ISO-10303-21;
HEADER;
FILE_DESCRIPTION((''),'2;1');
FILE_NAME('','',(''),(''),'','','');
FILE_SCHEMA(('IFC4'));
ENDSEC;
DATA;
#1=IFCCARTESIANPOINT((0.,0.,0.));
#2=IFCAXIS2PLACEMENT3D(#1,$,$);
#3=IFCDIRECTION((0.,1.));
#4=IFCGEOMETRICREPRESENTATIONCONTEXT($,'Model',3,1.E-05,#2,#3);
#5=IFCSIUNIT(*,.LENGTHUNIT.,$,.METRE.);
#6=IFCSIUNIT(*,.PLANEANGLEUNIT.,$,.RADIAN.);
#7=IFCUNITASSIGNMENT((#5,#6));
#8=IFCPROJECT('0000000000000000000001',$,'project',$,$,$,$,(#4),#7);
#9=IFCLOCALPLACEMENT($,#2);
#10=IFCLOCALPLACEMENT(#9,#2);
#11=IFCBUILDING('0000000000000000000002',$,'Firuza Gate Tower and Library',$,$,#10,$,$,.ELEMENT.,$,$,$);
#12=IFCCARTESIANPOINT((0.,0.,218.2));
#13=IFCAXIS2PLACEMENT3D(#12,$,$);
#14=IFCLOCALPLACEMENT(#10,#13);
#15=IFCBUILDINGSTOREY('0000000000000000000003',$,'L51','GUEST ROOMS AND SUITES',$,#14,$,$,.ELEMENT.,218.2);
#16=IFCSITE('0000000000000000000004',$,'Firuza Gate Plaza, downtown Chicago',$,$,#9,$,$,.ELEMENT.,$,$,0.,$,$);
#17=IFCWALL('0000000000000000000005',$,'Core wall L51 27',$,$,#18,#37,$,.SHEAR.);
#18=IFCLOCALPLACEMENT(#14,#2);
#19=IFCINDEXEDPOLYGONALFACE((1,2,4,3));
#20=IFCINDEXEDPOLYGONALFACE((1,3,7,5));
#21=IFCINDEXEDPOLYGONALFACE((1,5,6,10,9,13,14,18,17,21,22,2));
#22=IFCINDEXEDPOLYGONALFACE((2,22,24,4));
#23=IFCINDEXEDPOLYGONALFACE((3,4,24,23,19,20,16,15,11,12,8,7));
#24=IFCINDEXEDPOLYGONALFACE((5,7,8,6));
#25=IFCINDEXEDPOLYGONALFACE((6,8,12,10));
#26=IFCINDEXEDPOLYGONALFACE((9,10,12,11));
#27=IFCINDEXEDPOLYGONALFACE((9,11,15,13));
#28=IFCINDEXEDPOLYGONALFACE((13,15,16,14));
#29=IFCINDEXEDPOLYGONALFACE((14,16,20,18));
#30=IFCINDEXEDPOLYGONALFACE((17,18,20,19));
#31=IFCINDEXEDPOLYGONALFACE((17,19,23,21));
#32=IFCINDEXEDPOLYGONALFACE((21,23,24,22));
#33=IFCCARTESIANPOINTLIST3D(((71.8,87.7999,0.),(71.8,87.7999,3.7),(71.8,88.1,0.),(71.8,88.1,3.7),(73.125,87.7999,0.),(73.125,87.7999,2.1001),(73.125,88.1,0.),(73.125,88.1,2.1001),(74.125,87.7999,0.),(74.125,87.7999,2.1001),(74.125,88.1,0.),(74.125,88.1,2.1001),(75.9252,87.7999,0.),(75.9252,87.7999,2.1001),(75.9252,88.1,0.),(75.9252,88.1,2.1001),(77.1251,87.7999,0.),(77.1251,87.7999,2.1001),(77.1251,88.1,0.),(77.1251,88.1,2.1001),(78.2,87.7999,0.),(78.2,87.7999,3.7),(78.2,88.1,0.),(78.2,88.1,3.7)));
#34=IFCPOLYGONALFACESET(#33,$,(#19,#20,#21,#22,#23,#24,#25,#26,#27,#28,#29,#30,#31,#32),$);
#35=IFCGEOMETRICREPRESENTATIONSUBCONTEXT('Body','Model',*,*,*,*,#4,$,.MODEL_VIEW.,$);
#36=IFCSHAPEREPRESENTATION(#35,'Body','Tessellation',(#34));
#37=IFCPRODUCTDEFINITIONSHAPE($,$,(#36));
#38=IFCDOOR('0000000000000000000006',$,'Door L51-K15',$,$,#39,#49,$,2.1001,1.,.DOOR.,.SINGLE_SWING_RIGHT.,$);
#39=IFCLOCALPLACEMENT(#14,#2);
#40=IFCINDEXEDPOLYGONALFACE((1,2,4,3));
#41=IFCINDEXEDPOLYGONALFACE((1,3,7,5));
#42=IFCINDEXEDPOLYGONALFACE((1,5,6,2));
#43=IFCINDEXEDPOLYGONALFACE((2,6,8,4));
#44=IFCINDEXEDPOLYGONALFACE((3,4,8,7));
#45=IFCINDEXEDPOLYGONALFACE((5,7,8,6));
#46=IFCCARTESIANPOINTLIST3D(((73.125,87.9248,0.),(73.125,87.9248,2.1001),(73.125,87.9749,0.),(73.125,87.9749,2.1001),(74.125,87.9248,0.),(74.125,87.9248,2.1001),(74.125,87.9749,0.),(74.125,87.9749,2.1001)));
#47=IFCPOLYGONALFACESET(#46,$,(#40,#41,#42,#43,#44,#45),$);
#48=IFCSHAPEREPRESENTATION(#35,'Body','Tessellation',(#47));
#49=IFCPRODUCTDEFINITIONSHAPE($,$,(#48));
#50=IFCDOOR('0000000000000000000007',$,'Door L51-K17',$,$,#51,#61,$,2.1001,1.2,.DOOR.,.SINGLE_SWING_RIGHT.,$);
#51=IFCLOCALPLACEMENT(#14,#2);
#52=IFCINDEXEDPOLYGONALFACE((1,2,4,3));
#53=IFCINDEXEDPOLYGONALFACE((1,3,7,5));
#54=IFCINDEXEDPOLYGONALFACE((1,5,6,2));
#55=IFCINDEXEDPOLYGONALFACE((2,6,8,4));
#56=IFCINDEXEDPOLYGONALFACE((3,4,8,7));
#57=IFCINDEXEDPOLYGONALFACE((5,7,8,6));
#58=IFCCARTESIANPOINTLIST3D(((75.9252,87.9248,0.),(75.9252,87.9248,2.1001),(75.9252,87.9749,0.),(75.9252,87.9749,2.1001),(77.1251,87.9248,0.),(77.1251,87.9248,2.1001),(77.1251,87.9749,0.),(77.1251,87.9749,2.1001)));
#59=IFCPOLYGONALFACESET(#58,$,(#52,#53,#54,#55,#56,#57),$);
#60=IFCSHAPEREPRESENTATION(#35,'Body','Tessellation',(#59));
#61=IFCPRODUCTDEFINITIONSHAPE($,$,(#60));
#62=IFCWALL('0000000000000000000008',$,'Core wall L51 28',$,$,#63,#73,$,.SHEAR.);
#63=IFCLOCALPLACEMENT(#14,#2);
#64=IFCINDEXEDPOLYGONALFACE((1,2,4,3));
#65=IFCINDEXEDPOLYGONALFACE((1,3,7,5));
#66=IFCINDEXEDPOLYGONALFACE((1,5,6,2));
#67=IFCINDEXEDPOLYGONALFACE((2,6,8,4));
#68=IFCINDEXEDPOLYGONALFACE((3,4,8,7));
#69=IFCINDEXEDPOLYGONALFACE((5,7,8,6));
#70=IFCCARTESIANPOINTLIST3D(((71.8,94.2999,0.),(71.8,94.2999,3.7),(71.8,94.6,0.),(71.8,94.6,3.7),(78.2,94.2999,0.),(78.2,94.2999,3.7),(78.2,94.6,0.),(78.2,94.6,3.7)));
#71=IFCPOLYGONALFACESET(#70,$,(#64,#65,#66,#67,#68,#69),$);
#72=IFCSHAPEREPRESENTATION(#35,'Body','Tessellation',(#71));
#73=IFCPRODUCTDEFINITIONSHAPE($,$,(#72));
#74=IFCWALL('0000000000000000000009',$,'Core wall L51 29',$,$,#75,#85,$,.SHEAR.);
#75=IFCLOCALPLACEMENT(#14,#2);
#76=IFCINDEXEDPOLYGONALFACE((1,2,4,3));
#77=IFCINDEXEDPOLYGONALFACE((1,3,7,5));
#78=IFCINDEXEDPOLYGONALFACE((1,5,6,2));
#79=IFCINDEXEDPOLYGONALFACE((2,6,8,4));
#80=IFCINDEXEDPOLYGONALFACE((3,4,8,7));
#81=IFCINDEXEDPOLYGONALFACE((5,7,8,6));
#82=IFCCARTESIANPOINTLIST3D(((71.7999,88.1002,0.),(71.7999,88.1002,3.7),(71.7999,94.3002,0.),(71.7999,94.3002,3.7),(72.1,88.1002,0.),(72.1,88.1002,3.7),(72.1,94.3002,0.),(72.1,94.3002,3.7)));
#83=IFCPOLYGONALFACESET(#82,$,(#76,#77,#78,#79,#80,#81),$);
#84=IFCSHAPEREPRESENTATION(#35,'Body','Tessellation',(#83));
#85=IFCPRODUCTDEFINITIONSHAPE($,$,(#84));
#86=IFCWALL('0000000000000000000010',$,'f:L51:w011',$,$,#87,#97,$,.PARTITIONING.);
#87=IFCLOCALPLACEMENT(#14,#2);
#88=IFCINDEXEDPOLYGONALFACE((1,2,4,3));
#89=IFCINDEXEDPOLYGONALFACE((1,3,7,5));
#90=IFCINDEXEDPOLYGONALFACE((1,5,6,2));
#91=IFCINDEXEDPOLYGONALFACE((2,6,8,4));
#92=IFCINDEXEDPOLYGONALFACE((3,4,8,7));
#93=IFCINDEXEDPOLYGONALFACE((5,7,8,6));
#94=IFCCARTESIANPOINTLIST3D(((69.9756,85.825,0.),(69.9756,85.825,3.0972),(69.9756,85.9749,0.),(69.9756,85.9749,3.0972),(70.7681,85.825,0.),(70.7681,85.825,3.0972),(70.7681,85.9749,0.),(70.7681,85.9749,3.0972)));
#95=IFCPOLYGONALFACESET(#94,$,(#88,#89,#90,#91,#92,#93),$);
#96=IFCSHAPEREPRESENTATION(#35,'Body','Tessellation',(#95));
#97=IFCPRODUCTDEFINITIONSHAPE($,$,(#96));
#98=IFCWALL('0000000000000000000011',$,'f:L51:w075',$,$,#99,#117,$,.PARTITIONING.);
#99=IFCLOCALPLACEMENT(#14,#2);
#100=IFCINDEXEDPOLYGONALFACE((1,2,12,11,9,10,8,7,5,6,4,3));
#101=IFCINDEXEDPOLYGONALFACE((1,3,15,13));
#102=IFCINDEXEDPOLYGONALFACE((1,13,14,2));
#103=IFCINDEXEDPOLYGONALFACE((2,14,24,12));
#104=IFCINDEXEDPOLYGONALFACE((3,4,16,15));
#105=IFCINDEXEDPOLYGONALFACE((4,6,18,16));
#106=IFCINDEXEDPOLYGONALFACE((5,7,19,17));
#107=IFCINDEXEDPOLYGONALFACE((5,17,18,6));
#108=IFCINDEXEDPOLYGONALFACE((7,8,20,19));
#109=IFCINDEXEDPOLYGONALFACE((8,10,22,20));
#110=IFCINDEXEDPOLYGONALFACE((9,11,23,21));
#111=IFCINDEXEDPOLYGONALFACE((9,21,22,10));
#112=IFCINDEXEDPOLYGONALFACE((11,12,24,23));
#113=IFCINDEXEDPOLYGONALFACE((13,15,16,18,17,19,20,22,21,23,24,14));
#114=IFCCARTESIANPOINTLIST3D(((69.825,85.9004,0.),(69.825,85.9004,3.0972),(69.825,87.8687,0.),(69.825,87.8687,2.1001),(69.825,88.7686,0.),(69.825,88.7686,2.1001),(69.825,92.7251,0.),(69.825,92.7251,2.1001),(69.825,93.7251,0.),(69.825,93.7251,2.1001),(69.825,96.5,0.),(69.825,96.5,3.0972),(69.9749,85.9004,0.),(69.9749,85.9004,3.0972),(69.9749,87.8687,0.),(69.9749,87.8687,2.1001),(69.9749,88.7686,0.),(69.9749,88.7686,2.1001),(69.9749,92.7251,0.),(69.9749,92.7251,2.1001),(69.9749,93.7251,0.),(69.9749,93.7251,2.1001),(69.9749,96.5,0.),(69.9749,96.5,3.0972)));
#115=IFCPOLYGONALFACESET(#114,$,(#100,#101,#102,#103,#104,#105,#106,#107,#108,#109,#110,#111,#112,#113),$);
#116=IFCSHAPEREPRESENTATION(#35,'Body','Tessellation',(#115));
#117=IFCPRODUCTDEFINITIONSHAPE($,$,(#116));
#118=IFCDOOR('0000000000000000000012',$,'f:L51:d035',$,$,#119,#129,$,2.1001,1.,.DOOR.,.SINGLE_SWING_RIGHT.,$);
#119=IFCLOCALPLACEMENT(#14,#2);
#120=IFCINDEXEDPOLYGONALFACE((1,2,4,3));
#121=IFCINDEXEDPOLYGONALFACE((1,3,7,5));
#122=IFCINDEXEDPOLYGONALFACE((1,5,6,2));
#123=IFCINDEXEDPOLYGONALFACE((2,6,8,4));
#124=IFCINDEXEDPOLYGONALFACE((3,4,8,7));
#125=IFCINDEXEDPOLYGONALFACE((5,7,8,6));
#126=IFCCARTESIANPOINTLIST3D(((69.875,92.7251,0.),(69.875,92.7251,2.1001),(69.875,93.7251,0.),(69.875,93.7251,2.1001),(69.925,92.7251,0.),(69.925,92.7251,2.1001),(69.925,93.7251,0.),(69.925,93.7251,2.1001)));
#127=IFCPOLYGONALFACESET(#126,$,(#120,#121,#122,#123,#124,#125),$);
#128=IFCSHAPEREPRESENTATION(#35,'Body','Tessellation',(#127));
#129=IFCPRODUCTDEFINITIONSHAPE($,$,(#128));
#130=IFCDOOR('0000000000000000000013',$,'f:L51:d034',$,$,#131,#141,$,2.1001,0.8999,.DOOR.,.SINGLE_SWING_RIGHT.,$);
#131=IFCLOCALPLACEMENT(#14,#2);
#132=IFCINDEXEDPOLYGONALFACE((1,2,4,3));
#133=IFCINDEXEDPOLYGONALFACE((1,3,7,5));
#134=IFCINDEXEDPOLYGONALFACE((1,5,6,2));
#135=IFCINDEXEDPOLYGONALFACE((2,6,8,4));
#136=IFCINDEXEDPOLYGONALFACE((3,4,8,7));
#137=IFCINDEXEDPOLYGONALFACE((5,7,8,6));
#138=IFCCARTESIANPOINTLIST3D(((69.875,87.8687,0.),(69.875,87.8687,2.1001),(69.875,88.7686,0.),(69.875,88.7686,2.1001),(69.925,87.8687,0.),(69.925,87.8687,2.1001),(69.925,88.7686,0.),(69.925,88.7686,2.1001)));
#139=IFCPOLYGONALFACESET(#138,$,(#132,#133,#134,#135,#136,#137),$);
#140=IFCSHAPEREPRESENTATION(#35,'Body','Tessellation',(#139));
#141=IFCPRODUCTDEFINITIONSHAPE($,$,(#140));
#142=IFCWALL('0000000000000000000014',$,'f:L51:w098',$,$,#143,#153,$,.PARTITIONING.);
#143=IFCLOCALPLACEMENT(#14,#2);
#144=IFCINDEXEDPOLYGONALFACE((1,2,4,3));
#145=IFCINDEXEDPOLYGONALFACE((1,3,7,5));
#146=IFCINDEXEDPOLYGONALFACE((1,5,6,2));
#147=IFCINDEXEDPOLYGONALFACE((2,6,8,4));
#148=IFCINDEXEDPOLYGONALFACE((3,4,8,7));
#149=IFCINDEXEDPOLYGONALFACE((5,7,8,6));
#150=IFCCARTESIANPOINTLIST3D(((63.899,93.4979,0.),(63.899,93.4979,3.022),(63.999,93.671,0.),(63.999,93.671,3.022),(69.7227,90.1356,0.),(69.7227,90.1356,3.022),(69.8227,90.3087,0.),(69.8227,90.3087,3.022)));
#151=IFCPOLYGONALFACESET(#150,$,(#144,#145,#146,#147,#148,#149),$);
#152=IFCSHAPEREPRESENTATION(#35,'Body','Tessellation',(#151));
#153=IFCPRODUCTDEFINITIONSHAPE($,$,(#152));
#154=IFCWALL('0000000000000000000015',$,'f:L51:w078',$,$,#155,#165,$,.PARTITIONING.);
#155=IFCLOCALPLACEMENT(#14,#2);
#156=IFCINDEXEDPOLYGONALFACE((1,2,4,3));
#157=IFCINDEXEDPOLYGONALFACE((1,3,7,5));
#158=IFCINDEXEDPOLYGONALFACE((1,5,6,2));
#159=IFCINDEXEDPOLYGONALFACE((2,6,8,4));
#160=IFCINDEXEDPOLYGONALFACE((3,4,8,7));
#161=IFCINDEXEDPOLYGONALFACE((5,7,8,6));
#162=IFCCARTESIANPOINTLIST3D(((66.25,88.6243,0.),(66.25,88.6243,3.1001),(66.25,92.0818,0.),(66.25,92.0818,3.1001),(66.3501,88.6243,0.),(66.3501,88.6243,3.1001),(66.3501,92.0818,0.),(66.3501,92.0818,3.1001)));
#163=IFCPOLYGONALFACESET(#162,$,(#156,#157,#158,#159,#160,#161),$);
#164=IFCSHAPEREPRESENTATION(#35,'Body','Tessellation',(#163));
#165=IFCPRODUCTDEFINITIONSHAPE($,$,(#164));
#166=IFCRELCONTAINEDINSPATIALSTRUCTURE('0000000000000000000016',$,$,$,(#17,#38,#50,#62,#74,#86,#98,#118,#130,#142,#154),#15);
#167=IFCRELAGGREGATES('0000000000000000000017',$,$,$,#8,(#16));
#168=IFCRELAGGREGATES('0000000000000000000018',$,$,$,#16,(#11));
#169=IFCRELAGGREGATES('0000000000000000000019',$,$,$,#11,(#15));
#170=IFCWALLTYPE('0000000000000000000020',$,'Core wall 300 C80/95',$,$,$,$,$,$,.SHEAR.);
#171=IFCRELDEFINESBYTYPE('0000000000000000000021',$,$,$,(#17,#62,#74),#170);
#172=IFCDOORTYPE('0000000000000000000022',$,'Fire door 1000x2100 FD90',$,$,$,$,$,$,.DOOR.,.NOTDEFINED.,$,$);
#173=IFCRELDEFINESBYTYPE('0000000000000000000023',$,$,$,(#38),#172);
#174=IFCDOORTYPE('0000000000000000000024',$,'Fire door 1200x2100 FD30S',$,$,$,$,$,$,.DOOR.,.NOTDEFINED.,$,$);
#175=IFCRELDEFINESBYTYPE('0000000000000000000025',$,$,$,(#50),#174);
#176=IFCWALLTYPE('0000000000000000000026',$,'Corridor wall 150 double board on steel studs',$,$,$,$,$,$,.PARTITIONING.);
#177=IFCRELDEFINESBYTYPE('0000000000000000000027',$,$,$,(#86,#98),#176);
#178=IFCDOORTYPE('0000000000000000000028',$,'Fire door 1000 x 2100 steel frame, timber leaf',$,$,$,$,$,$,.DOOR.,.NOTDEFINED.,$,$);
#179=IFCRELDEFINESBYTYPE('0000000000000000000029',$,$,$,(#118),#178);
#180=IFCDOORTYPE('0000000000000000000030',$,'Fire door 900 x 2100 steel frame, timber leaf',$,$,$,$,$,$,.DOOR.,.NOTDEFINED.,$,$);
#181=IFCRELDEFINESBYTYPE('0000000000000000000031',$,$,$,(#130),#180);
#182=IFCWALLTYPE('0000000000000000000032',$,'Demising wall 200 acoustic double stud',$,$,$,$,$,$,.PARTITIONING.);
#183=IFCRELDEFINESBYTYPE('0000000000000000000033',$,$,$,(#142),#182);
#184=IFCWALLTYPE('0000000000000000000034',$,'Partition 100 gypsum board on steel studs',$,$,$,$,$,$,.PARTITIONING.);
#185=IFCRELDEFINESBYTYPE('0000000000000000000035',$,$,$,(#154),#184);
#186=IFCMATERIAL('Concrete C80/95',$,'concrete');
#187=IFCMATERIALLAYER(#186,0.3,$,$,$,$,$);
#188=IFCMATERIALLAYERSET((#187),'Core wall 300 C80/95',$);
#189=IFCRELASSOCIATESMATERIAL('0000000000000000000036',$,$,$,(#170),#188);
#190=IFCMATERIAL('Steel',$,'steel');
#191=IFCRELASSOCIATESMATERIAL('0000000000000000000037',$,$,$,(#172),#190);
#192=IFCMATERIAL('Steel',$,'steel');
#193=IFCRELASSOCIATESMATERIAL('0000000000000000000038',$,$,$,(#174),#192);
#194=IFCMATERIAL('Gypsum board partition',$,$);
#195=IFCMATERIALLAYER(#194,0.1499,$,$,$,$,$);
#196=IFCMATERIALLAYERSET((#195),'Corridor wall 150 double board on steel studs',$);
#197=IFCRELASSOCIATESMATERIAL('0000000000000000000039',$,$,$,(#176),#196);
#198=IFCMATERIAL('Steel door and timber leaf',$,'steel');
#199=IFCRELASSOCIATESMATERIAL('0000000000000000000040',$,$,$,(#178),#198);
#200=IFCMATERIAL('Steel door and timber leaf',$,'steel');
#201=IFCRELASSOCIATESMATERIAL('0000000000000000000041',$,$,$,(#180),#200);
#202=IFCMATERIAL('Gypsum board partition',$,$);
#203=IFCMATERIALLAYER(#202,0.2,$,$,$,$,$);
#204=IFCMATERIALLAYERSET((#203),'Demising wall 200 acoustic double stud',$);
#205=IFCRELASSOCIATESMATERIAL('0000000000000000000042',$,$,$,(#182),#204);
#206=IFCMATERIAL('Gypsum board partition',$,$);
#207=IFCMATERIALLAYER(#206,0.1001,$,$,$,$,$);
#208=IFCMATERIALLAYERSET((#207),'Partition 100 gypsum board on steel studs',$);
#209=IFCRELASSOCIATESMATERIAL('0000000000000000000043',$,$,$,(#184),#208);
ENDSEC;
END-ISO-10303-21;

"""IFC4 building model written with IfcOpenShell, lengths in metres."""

from ifc_helpers import new_model, si_unit, direction, frame, frame_2d, origin, place, context, subcontext, project, spatial, rectangle, extrude, material, layer, layer_set, type_object, element, fill, save


model = new_model("IFC4")

# Units and contexts
model_context = context("Model", 3, precision=1e-05, world=origin(), true_north=direction((0.0, 1.0)))
body_context = subcontext(model_context, "Body", "Model", "MODEL_VIEW")
ifc_project = project(units=[si_unit("LENGTHUNIT", "METRE"), si_unit("PLANEANGLEUNIT", "RADIAN")], contexts=[model_context])

# Site, building, storey
site_placement = place(None, origin())
site = spatial("IfcSite", under=ifc_project, at=site_placement, Name="Firuza Gate Plaza, downtown Chicago", CompositionType="ELEMENT", RefElevation=0.0)
building_placement = place(site_placement, origin())
building = spatial("IfcBuilding", under=site, at=building_placement, Name="Firuza Gate Tower and Library", CompositionType="ELEMENT")
storey_placement = place(building_placement, frame((0.0, 0.0, 218.2)))
storey = spatial("IfcBuildingStorey", under=building, at=storey_placement, Name="L51", Description="GUEST ROOMS AND SUITES", CompositionType="ELEMENT", Elevation=218.2)

# Wall, openings, doors
ifc_material_1 = material(Name="Concrete C80/95", Category="concrete")
ifc_layer_1 = layer(ifc_material_1, 0.3)
ifc_layer_set_1 = layer_set([ifc_layer_1], Name="Core wall 300 C80/95")
wall_type_1 = type_object("IfcWallType", Name="Core wall 300 C80/95", PredefinedType="SHEAR", material=ifc_layer_set_1)
wall_1_placement = place(storey_placement, frame((71.8, 87.95, 0.0), z_axis=(0.0, 0.0, 1.0), x_axis=(1.0, 0.0, 0.0)))
wall_1 = element("IfcWall", 1, at=wall_1_placement, inside=storey, type_object=wall_type_1, Name="Core wall L51 27", PredefinedType="SHEAR", context=body_context, shape_type="SweptSolid", body=[
    extrude(rectangle(XDim=6.3999, YDim=0.3, at=frame_2d((3.2, 0.0))), origin(), (0.0, 0.0, 1.0), 3.7),
])
opening_1_placement = place(wall_1_placement, frame((1.325, 0.0, 0.0)))
opening_1 = element("IfcOpeningElement", 2, at=opening_1_placement, cuts=wall_1, PredefinedType="OPENING", context=body_context, shape_type="SweptSolid", body=[
    extrude(rectangle(XDim=1.0, YDim=2.1001, at=frame_2d((0.5, 1.05))), frame((0.0, 0.1602, 0.0), z_axis=(0.0, -1.0, 0.0), x_axis=(1.0, 0.0, 0.0)), (0.0, 0.0, 1.0), 0.3201),
])
opening_2_placement = place(wall_1_placement, frame((4.125, 0.0, 0.0)))
opening_2 = element("IfcOpeningElement", 3, at=opening_2_placement, cuts=wall_1, PredefinedType="OPENING", context=body_context, shape_type="SweptSolid", body=[
    extrude(rectangle(XDim=1.2, YDim=2.1001, at=frame_2d((0.6001, 1.05))), frame((0.0, 0.1602, 0.0), z_axis=(0.0, -1.0, 0.0), x_axis=(1.0, 0.0, 0.0)), (0.0, 0.0, 1.0), 0.3201),
])
ifc_material_2 = material(Name="Steel", Category="steel")
door_type_1 = type_object("IfcDoorType", Name="Fire door 1000x2100 FD90", OperationType="NOTDEFINED", PredefinedType="DOOR", material=ifc_material_2)
door_1_placement = place(opening_1_placement, origin())
door_1 = element("IfcDoor", 4, at=door_1_placement, inside=storey, type_object=door_type_1, Name="Door L51-K15", OperationType="SINGLE_SWING_RIGHT", OverallHeight=2.1001, OverallWidth=1.0, PredefinedType="DOOR", context=body_context, shape_type="SweptSolid", body=[
    extrude(rectangle(XDim=1.0, YDim=2.1001, at=frame_2d((0.5, 1.05))), frame((0.0, 0.0249, 0.0), z_axis=(0.0, -1.0, 0.0), x_axis=(1.0, 0.0, 0.0)), (0.0, 0.0, 1.0), 0.05),
])
fill(opening_1, door_1)
ifc_material_3 = material(Name="Steel", Category="steel")
door_type_2 = type_object("IfcDoorType", Name="Fire door 1200x2100 FD30S", OperationType="NOTDEFINED", PredefinedType="DOOR", material=ifc_material_3)
door_2_placement = place(opening_2_placement, origin())
door_2 = element("IfcDoor", 5, at=door_2_placement, inside=storey, type_object=door_type_2, Name="Door L51-K17", OperationType="SINGLE_SWING_RIGHT", OverallHeight=2.1001, OverallWidth=1.2, PredefinedType="DOOR", context=body_context, shape_type="SweptSolid", body=[
    extrude(rectangle(XDim=1.2, YDim=2.1001, at=frame_2d((0.6001, 1.05))), frame((0.0, 0.0249, 0.0), z_axis=(0.0, -1.0, 0.0), x_axis=(1.0, 0.0, 0.0)), (0.0, 0.0, 1.0), 0.05),
])
fill(opening_2, door_2)

# Walls
wall_2_placement = place(storey_placement, frame((71.8, 94.45, 0.0), z_axis=(0.0, 0.0, 1.0), x_axis=(1.0, 0.0, 0.0)))
element("IfcWall", 6, at=wall_2_placement, inside=storey, type_object=wall_type_1, Name="Core wall L51 28", PredefinedType="SHEAR", context=body_context, shape_type="SweptSolid", body=[
    extrude(rectangle(XDim=6.3999, YDim=0.3, at=frame_2d((3.2, 0.0))), origin(), (0.0, 0.0, 1.0), 3.7),
])
wall_3_placement = place(storey_placement, frame((71.95, 88.1001, 0.0), z_axis=(0.0, 0.0, 1.0), x_axis=(0.0, 1.0, 0.0)))
element("IfcWall", 7, at=wall_3_placement, inside=storey, type_object=wall_type_1, Name="Core wall L51 29", PredefinedType="SHEAR", context=body_context, shape_type="SweptSolid", body=[
    extrude(rectangle(XDim=6.2, YDim=0.3, at=frame_2d((3.1001, 0.0))), origin(), (0.0, 0.0, 1.0), 3.7),
])
ifc_material_4 = material(Name="Gypsum board partition")
ifc_layer_2 = layer(ifc_material_4, 0.1499)
ifc_layer_set_2 = layer_set([ifc_layer_2], Name="Corridor wall 150 double board on steel studs")
wall_type_2 = type_object("IfcWallType", Name="Corridor wall 150 double board on steel studs", PredefinedType="PARTITIONING", material=ifc_layer_set_2)
wall_4_placement = place(storey_placement, frame((69.9756, 85.8999, 0.0), z_axis=(0.0, 0.0, 1.0), x_axis=(1.0, 0.0, 0.0)))
element("IfcWall", 8, at=wall_4_placement, inside=storey, type_object=wall_type_2, Name="f:L51:w011", PredefinedType="PARTITIONING", context=body_context, shape_type="SweptSolid", body=[
    extrude(rectangle(XDim=0.7925, YDim=0.1499, at=frame_2d((0.3962, 0.0))), origin(), (0.0, 0.0, 1.0), 3.0972),
])

# Wall, openings, doors
wall_5_placement = place(storey_placement, frame((69.8999, 85.9004, 0.0), z_axis=(0.0, 0.0, 1.0), x_axis=(0.0, 1.0, 0.0)))
wall_5 = element("IfcWall", 9, at=wall_5_placement, inside=storey, type_object=wall_type_2, Name="f:L51:w075", PredefinedType="PARTITIONING", context=body_context, shape_type="SweptSolid", body=[
    extrude(rectangle(XDim=10.5996, YDim=0.1499, at=frame_2d((5.2998, 0.0))), origin(), (0.0, 0.0, 1.0), 3.0972),
])
opening_3_placement = place(wall_5_placement, frame((1.9683, 0.0, 0.0)))
opening_3 = element("IfcOpeningElement", 10, at=opening_3_placement, cuts=wall_5, PredefinedType="OPENING", context=body_context, shape_type="SweptSolid", body=[
    extrude(rectangle(XDim=0.8999, YDim=2.1001, at=frame_2d((0.45, 1.05))), frame((0.0, 0.085, 0.0), z_axis=(0.0, -1.0, 0.0), x_axis=(1.0, 0.0, 0.0)), (0.0, 0.0, 1.0), 0.1699),
])
opening_4_placement = place(wall_5_placement, frame((6.8247, 0.0, 0.0)))
opening_4 = element("IfcOpeningElement", 11, at=opening_4_placement, cuts=wall_5, PredefinedType="OPENING", context=body_context, shape_type="SweptSolid", body=[
    extrude(rectangle(XDim=1.0, YDim=2.1001, at=frame_2d((0.5, 1.05))), frame((0.0, 0.085, 0.0), z_axis=(0.0, -1.0, 0.0), x_axis=(1.0, 0.0, 0.0)), (0.0, 0.0, 1.0), 0.1699),
])
ifc_material_5 = material(Name="Steel door and timber leaf", Category="steel")
door_type_3 = type_object("IfcDoorType", Name="Fire door 1000 x 2100 steel frame, timber leaf", OperationType="NOTDEFINED", PredefinedType="DOOR", material=ifc_material_5)
door_3_placement = place(opening_4_placement, origin())
door_3 = element("IfcDoor", 12, at=door_3_placement, inside=storey, type_object=door_type_3, Name="f:L51:d035", OperationType="SINGLE_SWING_RIGHT", OverallHeight=2.1001, OverallWidth=1.0, PredefinedType="DOOR", context=body_context, shape_type="SweptSolid", body=[
    extrude(rectangle(XDim=1.0, YDim=2.1001, at=frame_2d((0.5, 1.05))), frame((0.0, 0.0249, 0.0), z_axis=(0.0, -1.0, 0.0), x_axis=(1.0, 0.0, 0.0)), (0.0, 0.0, 1.0), 0.05),
])
fill(opening_4, door_3)
ifc_material_6 = material(Name="Steel door and timber leaf", Category="steel")
door_type_4 = type_object("IfcDoorType", Name="Fire door 900 x 2100 steel frame, timber leaf", OperationType="NOTDEFINED", PredefinedType="DOOR", material=ifc_material_6)
door_4_placement = place(opening_3_placement, origin())
door_4 = element("IfcDoor", 13, at=door_4_placement, inside=storey, type_object=door_type_4, Name="f:L51:d034", OperationType="SINGLE_SWING_RIGHT", OverallHeight=2.1001, OverallWidth=0.8999, PredefinedType="DOOR", context=body_context, shape_type="SweptSolid", body=[
    extrude(rectangle(XDim=0.8999, YDim=2.1001, at=frame_2d((0.45, 1.05))), frame((0.0, 0.0249, 0.0), z_axis=(0.0, -1.0, 0.0), x_axis=(1.0, 0.0, 0.0)), (0.0, 0.0, 1.0), 0.05),
])
fill(opening_3, door_4)

# Walls
ifc_material_7 = material(Name="Gypsum board partition")
ifc_layer_3 = layer(ifc_material_7, 0.2)
ifc_layer_set_3 = layer_set([ifc_layer_3], Name="Demising wall 200 acoustic double stud")
wall_type_3 = type_object("IfcWallType", Name="Demising wall 200 acoustic double stud", PredefinedType="PARTITIONING", material=ifc_layer_set_3)
wall_6_placement = place(storey_placement, frame((69.7727, 90.2222, 0.0), z_axis=(0.0, 0.0, 1.0), x_axis=(-0.866027, 0.499997, 0.0)))
element("IfcWall", 14, at=wall_6_placement, inside=storey, type_object=wall_type_3, Name="f:L51:w098", PredefinedType="PARTITIONING", context=body_context, shape_type="SweptSolid", body=[
    extrude(rectangle(XDim=6.7246, YDim=0.2, at=frame_2d((3.3623, 0.0))), origin(), (0.0, 0.0, 1.0), 3.022),
])
ifc_material_8 = material(Name="Gypsum board partition")
ifc_layer_4 = layer(ifc_material_8, 0.1001)
ifc_layer_set_4 = layer_set([ifc_layer_4], Name="Partition 100 gypsum board on steel studs")
wall_type_4 = type_object("IfcWallType", Name="Partition 100 gypsum board on steel studs", PredefinedType="PARTITIONING", material=ifc_layer_set_4)
wall_7_placement = place(storey_placement, frame((66.3, 88.6243, 0.0), z_axis=(0.0, 0.0, 1.0), x_axis=(0.0, 1.0, 0.0)))
element("IfcWall", 15, at=wall_7_placement, inside=storey, type_object=wall_type_4, Name="f:L51:w078", PredefinedType="PARTITIONING", context=body_context, shape_type="SweptSolid", body=[
    extrude(rectangle(XDim=3.4575, YDim=0.1001, at=frame_2d((1.7288, 0.0))), origin(), (0.0, 0.0, 1.0), 3.1001),
])

save(model, "model.ifc")
